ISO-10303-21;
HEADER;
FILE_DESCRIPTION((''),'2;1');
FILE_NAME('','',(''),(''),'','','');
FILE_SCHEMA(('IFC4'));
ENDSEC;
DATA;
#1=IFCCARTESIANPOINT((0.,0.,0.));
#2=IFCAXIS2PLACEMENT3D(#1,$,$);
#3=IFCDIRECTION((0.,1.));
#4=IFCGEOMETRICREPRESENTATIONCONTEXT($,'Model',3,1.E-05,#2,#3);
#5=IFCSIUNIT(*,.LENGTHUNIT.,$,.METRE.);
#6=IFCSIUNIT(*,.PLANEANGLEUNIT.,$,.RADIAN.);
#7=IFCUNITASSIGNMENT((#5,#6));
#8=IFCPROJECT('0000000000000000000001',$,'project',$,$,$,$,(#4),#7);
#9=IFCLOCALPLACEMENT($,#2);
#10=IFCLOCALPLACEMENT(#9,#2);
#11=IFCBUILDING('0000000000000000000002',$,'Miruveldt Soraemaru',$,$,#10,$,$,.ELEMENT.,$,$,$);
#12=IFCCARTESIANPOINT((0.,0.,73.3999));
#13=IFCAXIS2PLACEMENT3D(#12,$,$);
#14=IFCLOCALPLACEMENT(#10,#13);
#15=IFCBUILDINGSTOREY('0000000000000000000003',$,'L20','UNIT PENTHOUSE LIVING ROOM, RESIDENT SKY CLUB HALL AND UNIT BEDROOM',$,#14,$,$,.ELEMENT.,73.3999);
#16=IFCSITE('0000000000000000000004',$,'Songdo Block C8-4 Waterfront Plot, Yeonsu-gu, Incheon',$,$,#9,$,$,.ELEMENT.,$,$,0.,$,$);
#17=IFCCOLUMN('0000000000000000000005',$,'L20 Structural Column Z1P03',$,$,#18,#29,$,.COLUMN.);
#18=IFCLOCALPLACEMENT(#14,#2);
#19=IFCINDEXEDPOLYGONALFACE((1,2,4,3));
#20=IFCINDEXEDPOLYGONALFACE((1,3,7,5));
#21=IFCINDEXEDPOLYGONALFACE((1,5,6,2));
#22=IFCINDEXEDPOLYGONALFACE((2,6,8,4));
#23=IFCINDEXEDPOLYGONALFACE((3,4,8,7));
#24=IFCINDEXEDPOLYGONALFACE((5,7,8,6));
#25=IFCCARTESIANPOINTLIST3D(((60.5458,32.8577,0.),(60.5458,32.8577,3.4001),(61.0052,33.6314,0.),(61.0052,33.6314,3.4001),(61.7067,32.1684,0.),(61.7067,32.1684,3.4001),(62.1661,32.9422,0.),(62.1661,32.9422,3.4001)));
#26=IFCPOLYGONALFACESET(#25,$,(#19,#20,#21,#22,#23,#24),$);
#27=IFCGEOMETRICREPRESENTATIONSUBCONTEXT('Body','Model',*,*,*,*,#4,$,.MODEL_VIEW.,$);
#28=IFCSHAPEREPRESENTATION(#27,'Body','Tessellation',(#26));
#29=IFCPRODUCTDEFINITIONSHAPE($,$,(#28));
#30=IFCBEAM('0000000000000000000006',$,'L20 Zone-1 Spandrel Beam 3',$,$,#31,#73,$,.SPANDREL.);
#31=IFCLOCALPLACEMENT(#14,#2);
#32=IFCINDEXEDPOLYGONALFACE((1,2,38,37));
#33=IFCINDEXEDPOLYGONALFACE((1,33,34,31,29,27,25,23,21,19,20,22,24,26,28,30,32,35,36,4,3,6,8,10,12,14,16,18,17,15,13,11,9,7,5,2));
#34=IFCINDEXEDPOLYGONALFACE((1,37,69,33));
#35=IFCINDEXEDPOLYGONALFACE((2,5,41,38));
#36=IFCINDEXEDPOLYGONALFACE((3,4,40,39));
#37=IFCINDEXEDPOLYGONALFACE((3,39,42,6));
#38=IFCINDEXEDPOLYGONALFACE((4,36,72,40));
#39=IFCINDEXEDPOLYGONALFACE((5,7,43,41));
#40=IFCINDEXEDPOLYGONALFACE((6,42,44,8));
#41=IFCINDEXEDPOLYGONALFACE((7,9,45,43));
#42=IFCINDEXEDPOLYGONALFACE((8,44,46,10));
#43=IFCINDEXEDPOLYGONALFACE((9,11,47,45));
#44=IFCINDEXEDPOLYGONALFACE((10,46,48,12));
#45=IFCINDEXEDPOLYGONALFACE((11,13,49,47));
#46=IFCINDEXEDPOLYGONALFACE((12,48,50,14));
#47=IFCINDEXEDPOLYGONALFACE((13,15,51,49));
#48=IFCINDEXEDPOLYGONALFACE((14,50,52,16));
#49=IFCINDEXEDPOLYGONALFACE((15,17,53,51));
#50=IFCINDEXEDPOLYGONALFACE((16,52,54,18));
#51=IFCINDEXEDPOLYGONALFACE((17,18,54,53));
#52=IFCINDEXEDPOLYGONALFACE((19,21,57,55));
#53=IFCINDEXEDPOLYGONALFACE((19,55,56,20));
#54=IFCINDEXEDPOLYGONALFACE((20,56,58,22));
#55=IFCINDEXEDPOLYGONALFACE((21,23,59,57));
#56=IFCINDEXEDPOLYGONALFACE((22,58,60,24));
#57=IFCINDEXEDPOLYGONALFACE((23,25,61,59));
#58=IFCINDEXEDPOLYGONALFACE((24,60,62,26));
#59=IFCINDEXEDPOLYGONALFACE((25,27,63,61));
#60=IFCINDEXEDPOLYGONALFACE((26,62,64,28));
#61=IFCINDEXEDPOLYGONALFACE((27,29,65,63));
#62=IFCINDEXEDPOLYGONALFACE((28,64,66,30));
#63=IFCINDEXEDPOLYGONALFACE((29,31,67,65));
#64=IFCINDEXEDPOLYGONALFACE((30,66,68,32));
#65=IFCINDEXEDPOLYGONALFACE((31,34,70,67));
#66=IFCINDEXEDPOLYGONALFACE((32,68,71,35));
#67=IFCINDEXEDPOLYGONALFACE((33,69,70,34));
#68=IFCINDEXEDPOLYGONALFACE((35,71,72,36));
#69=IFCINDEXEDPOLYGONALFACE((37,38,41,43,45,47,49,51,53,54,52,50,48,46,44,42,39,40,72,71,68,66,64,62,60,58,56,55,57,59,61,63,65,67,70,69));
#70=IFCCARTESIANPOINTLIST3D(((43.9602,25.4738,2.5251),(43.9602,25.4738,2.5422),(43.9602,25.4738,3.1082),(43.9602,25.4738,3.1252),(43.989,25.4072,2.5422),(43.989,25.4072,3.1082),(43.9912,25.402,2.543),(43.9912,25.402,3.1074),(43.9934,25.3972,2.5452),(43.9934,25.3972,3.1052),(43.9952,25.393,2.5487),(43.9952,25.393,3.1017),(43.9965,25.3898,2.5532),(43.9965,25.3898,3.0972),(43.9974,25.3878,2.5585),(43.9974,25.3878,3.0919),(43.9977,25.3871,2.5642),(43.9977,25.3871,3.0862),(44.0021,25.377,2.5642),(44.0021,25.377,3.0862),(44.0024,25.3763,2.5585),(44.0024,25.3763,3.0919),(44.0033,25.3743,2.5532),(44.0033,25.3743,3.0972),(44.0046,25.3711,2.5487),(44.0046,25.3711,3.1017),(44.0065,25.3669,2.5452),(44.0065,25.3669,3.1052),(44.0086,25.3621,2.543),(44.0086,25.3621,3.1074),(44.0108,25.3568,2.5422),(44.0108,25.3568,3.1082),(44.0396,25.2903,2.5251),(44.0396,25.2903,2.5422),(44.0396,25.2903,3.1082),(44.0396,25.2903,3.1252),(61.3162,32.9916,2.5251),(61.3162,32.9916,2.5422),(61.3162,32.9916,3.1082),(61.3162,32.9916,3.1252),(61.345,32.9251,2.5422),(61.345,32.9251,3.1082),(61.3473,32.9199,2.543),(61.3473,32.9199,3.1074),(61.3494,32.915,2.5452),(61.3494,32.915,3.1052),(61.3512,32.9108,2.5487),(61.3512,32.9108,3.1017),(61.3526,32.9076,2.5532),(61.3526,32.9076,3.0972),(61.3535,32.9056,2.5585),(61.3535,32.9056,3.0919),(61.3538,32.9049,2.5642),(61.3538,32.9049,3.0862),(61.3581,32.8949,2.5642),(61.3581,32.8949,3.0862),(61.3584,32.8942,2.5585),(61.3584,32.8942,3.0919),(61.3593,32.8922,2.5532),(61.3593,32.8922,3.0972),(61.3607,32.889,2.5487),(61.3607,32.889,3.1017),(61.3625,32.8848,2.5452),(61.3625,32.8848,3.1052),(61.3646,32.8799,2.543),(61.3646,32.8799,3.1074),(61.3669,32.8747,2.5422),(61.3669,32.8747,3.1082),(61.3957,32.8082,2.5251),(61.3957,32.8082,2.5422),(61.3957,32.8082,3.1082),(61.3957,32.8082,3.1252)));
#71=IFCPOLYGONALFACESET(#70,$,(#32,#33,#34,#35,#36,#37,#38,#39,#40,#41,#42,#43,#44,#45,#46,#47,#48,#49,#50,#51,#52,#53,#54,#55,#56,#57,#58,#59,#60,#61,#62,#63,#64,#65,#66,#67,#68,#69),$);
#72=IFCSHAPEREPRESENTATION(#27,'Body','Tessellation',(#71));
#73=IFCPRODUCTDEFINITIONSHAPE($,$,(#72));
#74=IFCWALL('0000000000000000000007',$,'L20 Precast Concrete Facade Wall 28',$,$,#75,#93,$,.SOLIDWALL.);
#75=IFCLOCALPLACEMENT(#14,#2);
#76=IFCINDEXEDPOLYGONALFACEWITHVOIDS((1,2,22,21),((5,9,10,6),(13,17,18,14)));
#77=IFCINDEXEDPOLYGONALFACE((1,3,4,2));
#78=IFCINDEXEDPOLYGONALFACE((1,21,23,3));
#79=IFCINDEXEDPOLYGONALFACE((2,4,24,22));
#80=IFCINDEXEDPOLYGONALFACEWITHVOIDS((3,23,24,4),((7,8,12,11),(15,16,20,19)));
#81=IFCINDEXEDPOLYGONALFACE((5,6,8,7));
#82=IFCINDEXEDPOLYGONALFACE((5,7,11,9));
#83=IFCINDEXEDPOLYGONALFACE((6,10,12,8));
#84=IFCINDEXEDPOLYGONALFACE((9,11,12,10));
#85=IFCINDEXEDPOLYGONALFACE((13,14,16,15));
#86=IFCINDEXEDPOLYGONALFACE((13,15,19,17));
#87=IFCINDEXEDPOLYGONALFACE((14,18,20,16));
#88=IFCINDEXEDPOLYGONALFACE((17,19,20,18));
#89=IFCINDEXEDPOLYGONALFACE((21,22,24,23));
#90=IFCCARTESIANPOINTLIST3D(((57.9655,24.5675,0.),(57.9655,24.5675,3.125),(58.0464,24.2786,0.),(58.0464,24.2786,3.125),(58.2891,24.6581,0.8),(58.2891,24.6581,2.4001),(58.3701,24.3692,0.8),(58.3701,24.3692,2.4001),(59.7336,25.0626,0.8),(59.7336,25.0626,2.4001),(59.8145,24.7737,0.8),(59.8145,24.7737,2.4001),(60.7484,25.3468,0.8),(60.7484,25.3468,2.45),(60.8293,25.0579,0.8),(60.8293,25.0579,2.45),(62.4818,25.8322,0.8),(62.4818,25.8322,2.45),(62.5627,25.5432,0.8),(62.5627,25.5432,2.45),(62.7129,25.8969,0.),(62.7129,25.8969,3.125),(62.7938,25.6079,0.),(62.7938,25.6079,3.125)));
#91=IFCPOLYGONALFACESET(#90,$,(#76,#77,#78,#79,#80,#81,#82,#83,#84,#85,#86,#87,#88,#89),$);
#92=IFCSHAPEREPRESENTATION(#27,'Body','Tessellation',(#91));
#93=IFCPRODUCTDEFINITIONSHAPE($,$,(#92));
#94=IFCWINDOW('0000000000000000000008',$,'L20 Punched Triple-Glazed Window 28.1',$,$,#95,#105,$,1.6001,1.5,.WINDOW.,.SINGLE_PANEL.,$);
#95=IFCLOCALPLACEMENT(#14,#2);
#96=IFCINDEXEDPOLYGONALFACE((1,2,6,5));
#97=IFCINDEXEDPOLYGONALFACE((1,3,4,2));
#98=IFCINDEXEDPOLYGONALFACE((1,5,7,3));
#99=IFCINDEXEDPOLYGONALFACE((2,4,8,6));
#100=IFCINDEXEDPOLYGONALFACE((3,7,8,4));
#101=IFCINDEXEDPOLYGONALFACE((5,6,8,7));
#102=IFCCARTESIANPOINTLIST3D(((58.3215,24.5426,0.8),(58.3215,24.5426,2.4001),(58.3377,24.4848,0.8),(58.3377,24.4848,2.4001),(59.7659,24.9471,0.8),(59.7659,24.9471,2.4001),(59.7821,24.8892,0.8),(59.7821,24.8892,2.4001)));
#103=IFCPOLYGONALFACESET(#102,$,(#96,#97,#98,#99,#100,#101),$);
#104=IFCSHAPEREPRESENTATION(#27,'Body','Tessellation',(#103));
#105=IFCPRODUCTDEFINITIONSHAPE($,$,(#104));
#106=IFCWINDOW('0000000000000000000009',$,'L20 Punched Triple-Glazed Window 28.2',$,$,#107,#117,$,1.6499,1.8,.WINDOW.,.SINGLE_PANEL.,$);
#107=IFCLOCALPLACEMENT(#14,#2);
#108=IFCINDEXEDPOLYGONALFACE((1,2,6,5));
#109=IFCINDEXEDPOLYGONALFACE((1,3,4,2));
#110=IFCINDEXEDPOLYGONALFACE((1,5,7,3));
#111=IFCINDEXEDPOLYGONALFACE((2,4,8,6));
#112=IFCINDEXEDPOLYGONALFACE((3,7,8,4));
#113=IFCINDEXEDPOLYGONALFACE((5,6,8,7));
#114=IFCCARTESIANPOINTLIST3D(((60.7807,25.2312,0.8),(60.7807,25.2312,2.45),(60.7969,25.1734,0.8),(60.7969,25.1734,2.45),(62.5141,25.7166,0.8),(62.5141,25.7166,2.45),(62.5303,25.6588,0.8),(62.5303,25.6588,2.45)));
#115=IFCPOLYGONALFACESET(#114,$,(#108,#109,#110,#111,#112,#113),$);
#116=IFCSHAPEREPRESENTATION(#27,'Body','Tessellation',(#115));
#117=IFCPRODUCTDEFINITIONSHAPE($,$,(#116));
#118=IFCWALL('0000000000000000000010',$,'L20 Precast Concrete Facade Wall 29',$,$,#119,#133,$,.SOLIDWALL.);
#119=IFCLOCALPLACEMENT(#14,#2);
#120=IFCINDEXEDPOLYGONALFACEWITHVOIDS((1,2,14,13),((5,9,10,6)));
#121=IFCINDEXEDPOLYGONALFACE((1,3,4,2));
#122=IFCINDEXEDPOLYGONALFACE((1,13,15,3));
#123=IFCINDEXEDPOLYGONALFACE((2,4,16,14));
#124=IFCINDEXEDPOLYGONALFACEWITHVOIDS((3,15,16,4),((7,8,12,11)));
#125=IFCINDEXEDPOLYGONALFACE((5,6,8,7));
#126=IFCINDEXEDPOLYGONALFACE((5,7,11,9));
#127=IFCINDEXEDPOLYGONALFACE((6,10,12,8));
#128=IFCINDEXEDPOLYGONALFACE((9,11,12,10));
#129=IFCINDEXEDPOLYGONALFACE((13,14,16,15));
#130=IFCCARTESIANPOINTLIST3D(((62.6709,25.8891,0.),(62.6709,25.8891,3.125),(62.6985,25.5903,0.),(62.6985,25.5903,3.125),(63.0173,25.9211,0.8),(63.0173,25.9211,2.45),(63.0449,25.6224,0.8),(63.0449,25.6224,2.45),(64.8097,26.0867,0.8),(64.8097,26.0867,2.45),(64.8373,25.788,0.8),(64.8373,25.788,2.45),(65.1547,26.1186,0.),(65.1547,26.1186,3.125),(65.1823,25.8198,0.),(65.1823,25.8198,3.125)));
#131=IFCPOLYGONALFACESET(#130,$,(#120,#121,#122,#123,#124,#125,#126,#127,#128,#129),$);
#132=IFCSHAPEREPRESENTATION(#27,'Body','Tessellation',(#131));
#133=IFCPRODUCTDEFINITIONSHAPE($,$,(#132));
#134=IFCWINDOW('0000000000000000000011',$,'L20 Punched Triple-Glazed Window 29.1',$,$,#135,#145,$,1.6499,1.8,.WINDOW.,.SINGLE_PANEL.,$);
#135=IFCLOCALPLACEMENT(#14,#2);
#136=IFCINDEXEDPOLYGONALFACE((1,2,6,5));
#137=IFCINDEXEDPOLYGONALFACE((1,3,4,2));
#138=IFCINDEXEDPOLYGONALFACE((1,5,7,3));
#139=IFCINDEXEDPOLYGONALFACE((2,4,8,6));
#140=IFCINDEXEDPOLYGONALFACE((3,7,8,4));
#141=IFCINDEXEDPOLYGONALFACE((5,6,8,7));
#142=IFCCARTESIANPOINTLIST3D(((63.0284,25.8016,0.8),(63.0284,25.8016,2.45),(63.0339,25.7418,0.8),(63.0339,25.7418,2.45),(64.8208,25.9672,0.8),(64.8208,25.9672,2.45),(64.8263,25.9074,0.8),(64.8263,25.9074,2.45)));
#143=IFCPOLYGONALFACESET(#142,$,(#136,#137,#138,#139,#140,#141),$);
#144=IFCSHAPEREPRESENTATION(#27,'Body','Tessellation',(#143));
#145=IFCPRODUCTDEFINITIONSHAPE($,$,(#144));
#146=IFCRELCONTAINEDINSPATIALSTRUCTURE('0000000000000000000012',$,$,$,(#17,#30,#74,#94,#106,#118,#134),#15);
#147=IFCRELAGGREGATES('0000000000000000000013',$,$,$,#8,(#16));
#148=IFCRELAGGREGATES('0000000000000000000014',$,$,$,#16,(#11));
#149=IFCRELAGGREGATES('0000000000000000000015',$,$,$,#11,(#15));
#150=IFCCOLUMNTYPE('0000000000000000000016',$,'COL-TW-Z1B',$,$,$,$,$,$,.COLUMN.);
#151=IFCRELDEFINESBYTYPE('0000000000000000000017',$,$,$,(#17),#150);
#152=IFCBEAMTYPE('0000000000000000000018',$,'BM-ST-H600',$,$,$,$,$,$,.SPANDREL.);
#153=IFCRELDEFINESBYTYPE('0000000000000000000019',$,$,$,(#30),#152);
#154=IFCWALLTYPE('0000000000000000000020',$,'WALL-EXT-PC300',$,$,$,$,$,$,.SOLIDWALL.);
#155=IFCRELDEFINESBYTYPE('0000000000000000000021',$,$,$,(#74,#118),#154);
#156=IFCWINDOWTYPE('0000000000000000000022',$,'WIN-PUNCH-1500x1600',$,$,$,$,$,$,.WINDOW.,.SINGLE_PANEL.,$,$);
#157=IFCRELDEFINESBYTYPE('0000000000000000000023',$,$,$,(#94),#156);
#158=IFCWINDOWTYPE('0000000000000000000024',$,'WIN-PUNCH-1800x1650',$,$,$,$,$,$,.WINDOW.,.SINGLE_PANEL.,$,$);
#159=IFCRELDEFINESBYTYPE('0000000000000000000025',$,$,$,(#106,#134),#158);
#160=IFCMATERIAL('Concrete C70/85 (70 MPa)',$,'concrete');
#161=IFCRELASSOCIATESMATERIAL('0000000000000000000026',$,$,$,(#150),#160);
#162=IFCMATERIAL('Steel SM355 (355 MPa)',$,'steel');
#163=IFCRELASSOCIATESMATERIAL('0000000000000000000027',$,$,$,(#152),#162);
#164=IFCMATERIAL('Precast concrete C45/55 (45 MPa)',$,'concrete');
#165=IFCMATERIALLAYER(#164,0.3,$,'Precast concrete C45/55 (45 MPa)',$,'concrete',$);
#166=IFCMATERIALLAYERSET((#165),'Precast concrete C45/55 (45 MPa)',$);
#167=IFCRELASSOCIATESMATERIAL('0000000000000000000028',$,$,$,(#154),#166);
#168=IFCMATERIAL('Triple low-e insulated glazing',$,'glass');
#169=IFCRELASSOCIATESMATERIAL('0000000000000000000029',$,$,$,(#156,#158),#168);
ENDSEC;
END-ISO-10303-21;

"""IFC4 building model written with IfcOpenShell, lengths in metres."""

from ifc_helpers import new_model, si_unit, direction, frame, frame_2d, origin, origin_2d, place, context, subcontext, project, spatial, rectangle, i_section, extrude, material, layer, layer_set, material_profile, profile_set, type_object, element, fill, save


model = new_model("IFC4")

# Units and contexts
model_context = context("Model", 3, precision=1e-05, world=origin(), true_north=direction((0.0, 1.0)))
body_context = subcontext(model_context, "Body", "Model", "MODEL_VIEW")
ifc_project = project(units=[si_unit("LENGTHUNIT", "METRE"), si_unit("PLANEANGLEUNIT", "RADIAN")], contexts=[model_context])

# Site, building, storey
site_placement = place(None, origin())
site = spatial("IfcSite", under=ifc_project, at=site_placement, Name="Songdo Block C8-4 Waterfront Plot, Yeonsu-gu, Incheon", CompositionType="ELEMENT", RefElevation=0.0)
building_placement = place(site_placement, origin())
building = spatial("IfcBuilding", under=site, at=building_placement, Name="Miruveldt Soraemaru", CompositionType="ELEMENT")
storey_placement = place(building_placement, frame((0.0, 0.0, 73.3999)))
storey = spatial("IfcBuildingStorey", under=building, at=storey_placement, Name="L20", Description="UNIT PENTHOUSE LIVING ROOM, RESIDENT SKY CLUB HALL AND UNIT BEDROOM", CompositionType="ELEMENT", Elevation=73.3999)

# Column
ifc_material_1 = material(Name="Concrete C70/85 (70 MPa)", Category="concrete")
ifc_material_profile_1 = material_profile(ifc_material_1, rectangle(XDim=1.3501, YDim=0.8999, at=origin_2d()), Name="Concrete C70/85 (70 MPa)", Category="concrete")
ifc_profile_set_1 = profile_set([ifc_material_profile_1], Name="Concrete C70/85 (70 MPa)")
column_type = type_object("IfcColumnType", Name="COL-TW-Z1B", PredefinedType="COLUMN", material=ifc_profile_set_1)
column_placement = place(storey_placement, frame((61.356, 32.8999, 0.0), z_axis=(0.0, 0.0, 1.0), x_axis=(-0.859852, 0.510543, 0.0)))
element("IfcColumn", 1, at=column_placement, inside=storey, type_object=column_type, Name="L20 Structural Column Z1P03", PredefinedType="COLUMN", context=body_context, shape_type="SweptSolid", body=[
    extrude(rectangle(XDim=1.3501, YDim=0.8999, at=origin_2d()), origin(), (0.0, 0.0, 1.0), 3.4001),
])

# Beam
ifc_material_2 = material(Name="Steel SM355 (355 MPa)", Category="steel")
ifc_material_profile_2 = material_profile(ifc_material_2, i_section(OverallWidth=0.2, OverallDepth=0.6001, WebThickness=0.011, FlangeThickness=0.0171, FilletRadius=0.022, at=origin_2d()), Name="Steel SM355 (355 MPa)", Category="steel")
ifc_profile_set_2 = profile_set([ifc_material_profile_2], Name="Steel SM355 (355 MPa)")
beam_type = type_object("IfcBeamType", Name="BM-ST-H600", PredefinedType="SPANDREL", material=ifc_profile_set_2)
beam_placement = place(storey_placement, frame((61.356, 32.8999, 2.8252), z_axis=(-0.917615, -0.39747, 0.0), x_axis=(0.39747, -0.917615, 0.0)))
element("IfcBeam", 2, at=beam_placement, inside=storey, type_object=beam_type, Name="L20 Zone-1 Spandrel Beam 3", PredefinedType="SPANDREL", context=body_context, shape_type="SweptSolid", body=[
    extrude(i_section(OverallWidth=0.2, OverallDepth=0.6001, WebThickness=0.011, FlangeThickness=0.0171, FilletRadius=0.022, at=origin_2d()), origin(), (0.0, 0.0, 1.0), 18.9143),
])

# Wall, openings, windows
ifc_material_3 = material(Name="Precast concrete C45/55 (45 MPa)", Category="concrete")
ifc_layer_1 = layer(ifc_material_3, 0.3, Name="Precast concrete C45/55 (45 MPa)", Category="concrete")
ifc_layer_set_1 = layer_set([ifc_layer_1], Name="Precast concrete C45/55 (45 MPa)")
wall_type_1 = type_object("IfcWallType", Name="WALL-EXT-PC300", PredefinedType="SOLIDWALL", material=ifc_layer_set_1)
wall_1_placement = place(storey_placement, frame((58.0061, 24.4231, 0.0), z_axis=(0.0, 0.0, 1.0), x_axis=(0.962959, 0.269648, 0.0)))
wall_1 = element("IfcWall", 3, at=wall_1_placement, inside=storey, type_object=wall_type_1, Name="L20 Precast Concrete Facade Wall 28", PredefinedType="SOLIDWALL", context=body_context, shape_type="SweptSolid", body=[
    extrude(rectangle(XDim=4.9299, YDim=0.3, at=frame_2d((2.4648, 0.0))), origin(), (0.0, 0.0, 1.0), 3.125),
])
opening_1_placement = place(wall_1_placement, frame((0.3359, 0.0, 0.8)))
opening_1 = element("IfcOpeningElement", 4, at=opening_1_placement, cuts=wall_1, PredefinedType="OPENING", context=body_context, shape_type="SweptSolid", body=[
    extrude(rectangle(XDim=1.5, YDim=1.6001, at=frame_2d((0.75, 0.8))), frame((0.0, 0.1602, 0.0), z_axis=(0.0, -1.0, 0.0), x_axis=(1.0, 0.0, 0.0)), (0.0, 0.0, 1.0), 0.3201),
])
opening_2_placement = place(wall_1_placement, frame((2.8899, 0.0, 0.8)))
opening_2 = element("IfcOpeningElement", 5, at=opening_2_placement, cuts=wall_1, PredefinedType="OPENING", context=body_context, shape_type="SweptSolid", body=[
    extrude(rectangle(XDim=1.8, YDim=1.6499, at=frame_2d((0.8999, 0.825))), frame((0.0, 0.1602, 0.0), z_axis=(0.0, -1.0, 0.0), x_axis=(1.0, 0.0, 0.0)), (0.0, 0.0, 1.0), 0.3201),
])
ifc_material_4 = material(Name="Triple low-e insulated glazing", Category="glass")
window_type_1 = type_object("IfcWindowType", Name="WIN-PUNCH-1500x1600", PartitioningType="SINGLE_PANEL", PredefinedType="WINDOW", material=ifc_material_4)
window_1_placement = place(opening_1_placement, origin())
window_1 = element("IfcWindow", 6, at=window_1_placement, inside=storey, type_object=window_type_1, Name="L20 Punched Triple-Glazed Window 28.1", OverallHeight=1.6001, OverallWidth=1.5, PartitioningType="SINGLE_PANEL", PredefinedType="WINDOW", context=body_context, shape_type="SweptSolid", body=[
    extrude(rectangle(XDim=1.5, YDim=1.6001, at=frame_2d((0.75, 0.8))), frame((0.0, 0.03, 0.0), z_axis=(0.0, -1.0, 0.0), x_axis=(1.0, 0.0, 0.0)), (0.0, 0.0, 1.0), 0.0601),
])
fill(opening_1, window_1)
window_type_2 = type_object("IfcWindowType", Name="WIN-PUNCH-1800x1650", PartitioningType="SINGLE_PANEL", PredefinedType="WINDOW", material=ifc_material_4)
window_2_placement = place(opening_2_placement, origin())
window_2 = element("IfcWindow", 7, at=window_2_placement, inside=storey, type_object=window_type_2, Name="L20 Punched Triple-Glazed Window 28.2", OverallHeight=1.6499, OverallWidth=1.8, PartitioningType="SINGLE_PANEL", PredefinedType="WINDOW", context=body_context, shape_type="SweptSolid", body=[
    extrude(rectangle(XDim=1.8, YDim=1.6499, at=frame_2d((0.8999, 0.825))), frame((0.0, 0.03, 0.0), z_axis=(0.0, -1.0, 0.0), x_axis=(1.0, 0.0, 0.0)), (0.0, 0.0, 1.0), 0.0601),
])
fill(opening_2, window_2)

# Wall, opening, window
wall_2_placement = place(storey_placement, frame((62.6848, 25.7397, 0.0), z_axis=(0.0, 0.0, 1.0), x_axis=(0.995759, 0.092001, 0.0)))
wall_2 = element("IfcWall", 8, at=wall_2_placement, inside=storey, type_object=wall_type_1, Name="L20 Precast Concrete Facade Wall 29", PredefinedType="SOLIDWALL", context=body_context, shape_type="SweptSolid", body=[
    extrude(rectangle(XDim=2.4944, YDim=0.3, at=frame_2d((1.2471, 0.0))), origin(), (0.0, 0.0, 1.0), 3.125),
])
opening_3_placement = place(wall_2_placement, frame((0.3479, 0.0, 0.8)))
opening_3 = element("IfcOpeningElement", 9, at=opening_3_placement, cuts=wall_2, PredefinedType="OPENING", context=body_context, shape_type="SweptSolid", body=[
    extrude(rectangle(XDim=1.8, YDim=1.6499, at=frame_2d((0.8999, 0.825))), frame((0.0, 0.1602, 0.0), z_axis=(0.0, -1.0, 0.0), x_axis=(1.0, 0.0, 0.0)), (0.0, 0.0, 1.0), 0.3201),
])
window_3_placement = place(opening_3_placement, origin())
window_3 = element("IfcWindow", 10, at=window_3_placement, inside=storey, type_object=window_type_2, Name="L20 Punched Triple-Glazed Window 29.1", OverallHeight=1.6499, OverallWidth=1.8, PartitioningType="SINGLE_PANEL", PredefinedType="WINDOW", context=body_context, shape_type="SweptSolid", body=[
    extrude(rectangle(XDim=1.8, YDim=1.6499, at=frame_2d((0.8999, 0.825))), frame((0.0, 0.03, 0.0), z_axis=(0.0, -1.0, 0.0), x_axis=(1.0, 0.0, 0.0)), (0.0, 0.0, 1.0), 0.0601),
])
fill(opening_3, window_3)

save(model, "model.ifc")
